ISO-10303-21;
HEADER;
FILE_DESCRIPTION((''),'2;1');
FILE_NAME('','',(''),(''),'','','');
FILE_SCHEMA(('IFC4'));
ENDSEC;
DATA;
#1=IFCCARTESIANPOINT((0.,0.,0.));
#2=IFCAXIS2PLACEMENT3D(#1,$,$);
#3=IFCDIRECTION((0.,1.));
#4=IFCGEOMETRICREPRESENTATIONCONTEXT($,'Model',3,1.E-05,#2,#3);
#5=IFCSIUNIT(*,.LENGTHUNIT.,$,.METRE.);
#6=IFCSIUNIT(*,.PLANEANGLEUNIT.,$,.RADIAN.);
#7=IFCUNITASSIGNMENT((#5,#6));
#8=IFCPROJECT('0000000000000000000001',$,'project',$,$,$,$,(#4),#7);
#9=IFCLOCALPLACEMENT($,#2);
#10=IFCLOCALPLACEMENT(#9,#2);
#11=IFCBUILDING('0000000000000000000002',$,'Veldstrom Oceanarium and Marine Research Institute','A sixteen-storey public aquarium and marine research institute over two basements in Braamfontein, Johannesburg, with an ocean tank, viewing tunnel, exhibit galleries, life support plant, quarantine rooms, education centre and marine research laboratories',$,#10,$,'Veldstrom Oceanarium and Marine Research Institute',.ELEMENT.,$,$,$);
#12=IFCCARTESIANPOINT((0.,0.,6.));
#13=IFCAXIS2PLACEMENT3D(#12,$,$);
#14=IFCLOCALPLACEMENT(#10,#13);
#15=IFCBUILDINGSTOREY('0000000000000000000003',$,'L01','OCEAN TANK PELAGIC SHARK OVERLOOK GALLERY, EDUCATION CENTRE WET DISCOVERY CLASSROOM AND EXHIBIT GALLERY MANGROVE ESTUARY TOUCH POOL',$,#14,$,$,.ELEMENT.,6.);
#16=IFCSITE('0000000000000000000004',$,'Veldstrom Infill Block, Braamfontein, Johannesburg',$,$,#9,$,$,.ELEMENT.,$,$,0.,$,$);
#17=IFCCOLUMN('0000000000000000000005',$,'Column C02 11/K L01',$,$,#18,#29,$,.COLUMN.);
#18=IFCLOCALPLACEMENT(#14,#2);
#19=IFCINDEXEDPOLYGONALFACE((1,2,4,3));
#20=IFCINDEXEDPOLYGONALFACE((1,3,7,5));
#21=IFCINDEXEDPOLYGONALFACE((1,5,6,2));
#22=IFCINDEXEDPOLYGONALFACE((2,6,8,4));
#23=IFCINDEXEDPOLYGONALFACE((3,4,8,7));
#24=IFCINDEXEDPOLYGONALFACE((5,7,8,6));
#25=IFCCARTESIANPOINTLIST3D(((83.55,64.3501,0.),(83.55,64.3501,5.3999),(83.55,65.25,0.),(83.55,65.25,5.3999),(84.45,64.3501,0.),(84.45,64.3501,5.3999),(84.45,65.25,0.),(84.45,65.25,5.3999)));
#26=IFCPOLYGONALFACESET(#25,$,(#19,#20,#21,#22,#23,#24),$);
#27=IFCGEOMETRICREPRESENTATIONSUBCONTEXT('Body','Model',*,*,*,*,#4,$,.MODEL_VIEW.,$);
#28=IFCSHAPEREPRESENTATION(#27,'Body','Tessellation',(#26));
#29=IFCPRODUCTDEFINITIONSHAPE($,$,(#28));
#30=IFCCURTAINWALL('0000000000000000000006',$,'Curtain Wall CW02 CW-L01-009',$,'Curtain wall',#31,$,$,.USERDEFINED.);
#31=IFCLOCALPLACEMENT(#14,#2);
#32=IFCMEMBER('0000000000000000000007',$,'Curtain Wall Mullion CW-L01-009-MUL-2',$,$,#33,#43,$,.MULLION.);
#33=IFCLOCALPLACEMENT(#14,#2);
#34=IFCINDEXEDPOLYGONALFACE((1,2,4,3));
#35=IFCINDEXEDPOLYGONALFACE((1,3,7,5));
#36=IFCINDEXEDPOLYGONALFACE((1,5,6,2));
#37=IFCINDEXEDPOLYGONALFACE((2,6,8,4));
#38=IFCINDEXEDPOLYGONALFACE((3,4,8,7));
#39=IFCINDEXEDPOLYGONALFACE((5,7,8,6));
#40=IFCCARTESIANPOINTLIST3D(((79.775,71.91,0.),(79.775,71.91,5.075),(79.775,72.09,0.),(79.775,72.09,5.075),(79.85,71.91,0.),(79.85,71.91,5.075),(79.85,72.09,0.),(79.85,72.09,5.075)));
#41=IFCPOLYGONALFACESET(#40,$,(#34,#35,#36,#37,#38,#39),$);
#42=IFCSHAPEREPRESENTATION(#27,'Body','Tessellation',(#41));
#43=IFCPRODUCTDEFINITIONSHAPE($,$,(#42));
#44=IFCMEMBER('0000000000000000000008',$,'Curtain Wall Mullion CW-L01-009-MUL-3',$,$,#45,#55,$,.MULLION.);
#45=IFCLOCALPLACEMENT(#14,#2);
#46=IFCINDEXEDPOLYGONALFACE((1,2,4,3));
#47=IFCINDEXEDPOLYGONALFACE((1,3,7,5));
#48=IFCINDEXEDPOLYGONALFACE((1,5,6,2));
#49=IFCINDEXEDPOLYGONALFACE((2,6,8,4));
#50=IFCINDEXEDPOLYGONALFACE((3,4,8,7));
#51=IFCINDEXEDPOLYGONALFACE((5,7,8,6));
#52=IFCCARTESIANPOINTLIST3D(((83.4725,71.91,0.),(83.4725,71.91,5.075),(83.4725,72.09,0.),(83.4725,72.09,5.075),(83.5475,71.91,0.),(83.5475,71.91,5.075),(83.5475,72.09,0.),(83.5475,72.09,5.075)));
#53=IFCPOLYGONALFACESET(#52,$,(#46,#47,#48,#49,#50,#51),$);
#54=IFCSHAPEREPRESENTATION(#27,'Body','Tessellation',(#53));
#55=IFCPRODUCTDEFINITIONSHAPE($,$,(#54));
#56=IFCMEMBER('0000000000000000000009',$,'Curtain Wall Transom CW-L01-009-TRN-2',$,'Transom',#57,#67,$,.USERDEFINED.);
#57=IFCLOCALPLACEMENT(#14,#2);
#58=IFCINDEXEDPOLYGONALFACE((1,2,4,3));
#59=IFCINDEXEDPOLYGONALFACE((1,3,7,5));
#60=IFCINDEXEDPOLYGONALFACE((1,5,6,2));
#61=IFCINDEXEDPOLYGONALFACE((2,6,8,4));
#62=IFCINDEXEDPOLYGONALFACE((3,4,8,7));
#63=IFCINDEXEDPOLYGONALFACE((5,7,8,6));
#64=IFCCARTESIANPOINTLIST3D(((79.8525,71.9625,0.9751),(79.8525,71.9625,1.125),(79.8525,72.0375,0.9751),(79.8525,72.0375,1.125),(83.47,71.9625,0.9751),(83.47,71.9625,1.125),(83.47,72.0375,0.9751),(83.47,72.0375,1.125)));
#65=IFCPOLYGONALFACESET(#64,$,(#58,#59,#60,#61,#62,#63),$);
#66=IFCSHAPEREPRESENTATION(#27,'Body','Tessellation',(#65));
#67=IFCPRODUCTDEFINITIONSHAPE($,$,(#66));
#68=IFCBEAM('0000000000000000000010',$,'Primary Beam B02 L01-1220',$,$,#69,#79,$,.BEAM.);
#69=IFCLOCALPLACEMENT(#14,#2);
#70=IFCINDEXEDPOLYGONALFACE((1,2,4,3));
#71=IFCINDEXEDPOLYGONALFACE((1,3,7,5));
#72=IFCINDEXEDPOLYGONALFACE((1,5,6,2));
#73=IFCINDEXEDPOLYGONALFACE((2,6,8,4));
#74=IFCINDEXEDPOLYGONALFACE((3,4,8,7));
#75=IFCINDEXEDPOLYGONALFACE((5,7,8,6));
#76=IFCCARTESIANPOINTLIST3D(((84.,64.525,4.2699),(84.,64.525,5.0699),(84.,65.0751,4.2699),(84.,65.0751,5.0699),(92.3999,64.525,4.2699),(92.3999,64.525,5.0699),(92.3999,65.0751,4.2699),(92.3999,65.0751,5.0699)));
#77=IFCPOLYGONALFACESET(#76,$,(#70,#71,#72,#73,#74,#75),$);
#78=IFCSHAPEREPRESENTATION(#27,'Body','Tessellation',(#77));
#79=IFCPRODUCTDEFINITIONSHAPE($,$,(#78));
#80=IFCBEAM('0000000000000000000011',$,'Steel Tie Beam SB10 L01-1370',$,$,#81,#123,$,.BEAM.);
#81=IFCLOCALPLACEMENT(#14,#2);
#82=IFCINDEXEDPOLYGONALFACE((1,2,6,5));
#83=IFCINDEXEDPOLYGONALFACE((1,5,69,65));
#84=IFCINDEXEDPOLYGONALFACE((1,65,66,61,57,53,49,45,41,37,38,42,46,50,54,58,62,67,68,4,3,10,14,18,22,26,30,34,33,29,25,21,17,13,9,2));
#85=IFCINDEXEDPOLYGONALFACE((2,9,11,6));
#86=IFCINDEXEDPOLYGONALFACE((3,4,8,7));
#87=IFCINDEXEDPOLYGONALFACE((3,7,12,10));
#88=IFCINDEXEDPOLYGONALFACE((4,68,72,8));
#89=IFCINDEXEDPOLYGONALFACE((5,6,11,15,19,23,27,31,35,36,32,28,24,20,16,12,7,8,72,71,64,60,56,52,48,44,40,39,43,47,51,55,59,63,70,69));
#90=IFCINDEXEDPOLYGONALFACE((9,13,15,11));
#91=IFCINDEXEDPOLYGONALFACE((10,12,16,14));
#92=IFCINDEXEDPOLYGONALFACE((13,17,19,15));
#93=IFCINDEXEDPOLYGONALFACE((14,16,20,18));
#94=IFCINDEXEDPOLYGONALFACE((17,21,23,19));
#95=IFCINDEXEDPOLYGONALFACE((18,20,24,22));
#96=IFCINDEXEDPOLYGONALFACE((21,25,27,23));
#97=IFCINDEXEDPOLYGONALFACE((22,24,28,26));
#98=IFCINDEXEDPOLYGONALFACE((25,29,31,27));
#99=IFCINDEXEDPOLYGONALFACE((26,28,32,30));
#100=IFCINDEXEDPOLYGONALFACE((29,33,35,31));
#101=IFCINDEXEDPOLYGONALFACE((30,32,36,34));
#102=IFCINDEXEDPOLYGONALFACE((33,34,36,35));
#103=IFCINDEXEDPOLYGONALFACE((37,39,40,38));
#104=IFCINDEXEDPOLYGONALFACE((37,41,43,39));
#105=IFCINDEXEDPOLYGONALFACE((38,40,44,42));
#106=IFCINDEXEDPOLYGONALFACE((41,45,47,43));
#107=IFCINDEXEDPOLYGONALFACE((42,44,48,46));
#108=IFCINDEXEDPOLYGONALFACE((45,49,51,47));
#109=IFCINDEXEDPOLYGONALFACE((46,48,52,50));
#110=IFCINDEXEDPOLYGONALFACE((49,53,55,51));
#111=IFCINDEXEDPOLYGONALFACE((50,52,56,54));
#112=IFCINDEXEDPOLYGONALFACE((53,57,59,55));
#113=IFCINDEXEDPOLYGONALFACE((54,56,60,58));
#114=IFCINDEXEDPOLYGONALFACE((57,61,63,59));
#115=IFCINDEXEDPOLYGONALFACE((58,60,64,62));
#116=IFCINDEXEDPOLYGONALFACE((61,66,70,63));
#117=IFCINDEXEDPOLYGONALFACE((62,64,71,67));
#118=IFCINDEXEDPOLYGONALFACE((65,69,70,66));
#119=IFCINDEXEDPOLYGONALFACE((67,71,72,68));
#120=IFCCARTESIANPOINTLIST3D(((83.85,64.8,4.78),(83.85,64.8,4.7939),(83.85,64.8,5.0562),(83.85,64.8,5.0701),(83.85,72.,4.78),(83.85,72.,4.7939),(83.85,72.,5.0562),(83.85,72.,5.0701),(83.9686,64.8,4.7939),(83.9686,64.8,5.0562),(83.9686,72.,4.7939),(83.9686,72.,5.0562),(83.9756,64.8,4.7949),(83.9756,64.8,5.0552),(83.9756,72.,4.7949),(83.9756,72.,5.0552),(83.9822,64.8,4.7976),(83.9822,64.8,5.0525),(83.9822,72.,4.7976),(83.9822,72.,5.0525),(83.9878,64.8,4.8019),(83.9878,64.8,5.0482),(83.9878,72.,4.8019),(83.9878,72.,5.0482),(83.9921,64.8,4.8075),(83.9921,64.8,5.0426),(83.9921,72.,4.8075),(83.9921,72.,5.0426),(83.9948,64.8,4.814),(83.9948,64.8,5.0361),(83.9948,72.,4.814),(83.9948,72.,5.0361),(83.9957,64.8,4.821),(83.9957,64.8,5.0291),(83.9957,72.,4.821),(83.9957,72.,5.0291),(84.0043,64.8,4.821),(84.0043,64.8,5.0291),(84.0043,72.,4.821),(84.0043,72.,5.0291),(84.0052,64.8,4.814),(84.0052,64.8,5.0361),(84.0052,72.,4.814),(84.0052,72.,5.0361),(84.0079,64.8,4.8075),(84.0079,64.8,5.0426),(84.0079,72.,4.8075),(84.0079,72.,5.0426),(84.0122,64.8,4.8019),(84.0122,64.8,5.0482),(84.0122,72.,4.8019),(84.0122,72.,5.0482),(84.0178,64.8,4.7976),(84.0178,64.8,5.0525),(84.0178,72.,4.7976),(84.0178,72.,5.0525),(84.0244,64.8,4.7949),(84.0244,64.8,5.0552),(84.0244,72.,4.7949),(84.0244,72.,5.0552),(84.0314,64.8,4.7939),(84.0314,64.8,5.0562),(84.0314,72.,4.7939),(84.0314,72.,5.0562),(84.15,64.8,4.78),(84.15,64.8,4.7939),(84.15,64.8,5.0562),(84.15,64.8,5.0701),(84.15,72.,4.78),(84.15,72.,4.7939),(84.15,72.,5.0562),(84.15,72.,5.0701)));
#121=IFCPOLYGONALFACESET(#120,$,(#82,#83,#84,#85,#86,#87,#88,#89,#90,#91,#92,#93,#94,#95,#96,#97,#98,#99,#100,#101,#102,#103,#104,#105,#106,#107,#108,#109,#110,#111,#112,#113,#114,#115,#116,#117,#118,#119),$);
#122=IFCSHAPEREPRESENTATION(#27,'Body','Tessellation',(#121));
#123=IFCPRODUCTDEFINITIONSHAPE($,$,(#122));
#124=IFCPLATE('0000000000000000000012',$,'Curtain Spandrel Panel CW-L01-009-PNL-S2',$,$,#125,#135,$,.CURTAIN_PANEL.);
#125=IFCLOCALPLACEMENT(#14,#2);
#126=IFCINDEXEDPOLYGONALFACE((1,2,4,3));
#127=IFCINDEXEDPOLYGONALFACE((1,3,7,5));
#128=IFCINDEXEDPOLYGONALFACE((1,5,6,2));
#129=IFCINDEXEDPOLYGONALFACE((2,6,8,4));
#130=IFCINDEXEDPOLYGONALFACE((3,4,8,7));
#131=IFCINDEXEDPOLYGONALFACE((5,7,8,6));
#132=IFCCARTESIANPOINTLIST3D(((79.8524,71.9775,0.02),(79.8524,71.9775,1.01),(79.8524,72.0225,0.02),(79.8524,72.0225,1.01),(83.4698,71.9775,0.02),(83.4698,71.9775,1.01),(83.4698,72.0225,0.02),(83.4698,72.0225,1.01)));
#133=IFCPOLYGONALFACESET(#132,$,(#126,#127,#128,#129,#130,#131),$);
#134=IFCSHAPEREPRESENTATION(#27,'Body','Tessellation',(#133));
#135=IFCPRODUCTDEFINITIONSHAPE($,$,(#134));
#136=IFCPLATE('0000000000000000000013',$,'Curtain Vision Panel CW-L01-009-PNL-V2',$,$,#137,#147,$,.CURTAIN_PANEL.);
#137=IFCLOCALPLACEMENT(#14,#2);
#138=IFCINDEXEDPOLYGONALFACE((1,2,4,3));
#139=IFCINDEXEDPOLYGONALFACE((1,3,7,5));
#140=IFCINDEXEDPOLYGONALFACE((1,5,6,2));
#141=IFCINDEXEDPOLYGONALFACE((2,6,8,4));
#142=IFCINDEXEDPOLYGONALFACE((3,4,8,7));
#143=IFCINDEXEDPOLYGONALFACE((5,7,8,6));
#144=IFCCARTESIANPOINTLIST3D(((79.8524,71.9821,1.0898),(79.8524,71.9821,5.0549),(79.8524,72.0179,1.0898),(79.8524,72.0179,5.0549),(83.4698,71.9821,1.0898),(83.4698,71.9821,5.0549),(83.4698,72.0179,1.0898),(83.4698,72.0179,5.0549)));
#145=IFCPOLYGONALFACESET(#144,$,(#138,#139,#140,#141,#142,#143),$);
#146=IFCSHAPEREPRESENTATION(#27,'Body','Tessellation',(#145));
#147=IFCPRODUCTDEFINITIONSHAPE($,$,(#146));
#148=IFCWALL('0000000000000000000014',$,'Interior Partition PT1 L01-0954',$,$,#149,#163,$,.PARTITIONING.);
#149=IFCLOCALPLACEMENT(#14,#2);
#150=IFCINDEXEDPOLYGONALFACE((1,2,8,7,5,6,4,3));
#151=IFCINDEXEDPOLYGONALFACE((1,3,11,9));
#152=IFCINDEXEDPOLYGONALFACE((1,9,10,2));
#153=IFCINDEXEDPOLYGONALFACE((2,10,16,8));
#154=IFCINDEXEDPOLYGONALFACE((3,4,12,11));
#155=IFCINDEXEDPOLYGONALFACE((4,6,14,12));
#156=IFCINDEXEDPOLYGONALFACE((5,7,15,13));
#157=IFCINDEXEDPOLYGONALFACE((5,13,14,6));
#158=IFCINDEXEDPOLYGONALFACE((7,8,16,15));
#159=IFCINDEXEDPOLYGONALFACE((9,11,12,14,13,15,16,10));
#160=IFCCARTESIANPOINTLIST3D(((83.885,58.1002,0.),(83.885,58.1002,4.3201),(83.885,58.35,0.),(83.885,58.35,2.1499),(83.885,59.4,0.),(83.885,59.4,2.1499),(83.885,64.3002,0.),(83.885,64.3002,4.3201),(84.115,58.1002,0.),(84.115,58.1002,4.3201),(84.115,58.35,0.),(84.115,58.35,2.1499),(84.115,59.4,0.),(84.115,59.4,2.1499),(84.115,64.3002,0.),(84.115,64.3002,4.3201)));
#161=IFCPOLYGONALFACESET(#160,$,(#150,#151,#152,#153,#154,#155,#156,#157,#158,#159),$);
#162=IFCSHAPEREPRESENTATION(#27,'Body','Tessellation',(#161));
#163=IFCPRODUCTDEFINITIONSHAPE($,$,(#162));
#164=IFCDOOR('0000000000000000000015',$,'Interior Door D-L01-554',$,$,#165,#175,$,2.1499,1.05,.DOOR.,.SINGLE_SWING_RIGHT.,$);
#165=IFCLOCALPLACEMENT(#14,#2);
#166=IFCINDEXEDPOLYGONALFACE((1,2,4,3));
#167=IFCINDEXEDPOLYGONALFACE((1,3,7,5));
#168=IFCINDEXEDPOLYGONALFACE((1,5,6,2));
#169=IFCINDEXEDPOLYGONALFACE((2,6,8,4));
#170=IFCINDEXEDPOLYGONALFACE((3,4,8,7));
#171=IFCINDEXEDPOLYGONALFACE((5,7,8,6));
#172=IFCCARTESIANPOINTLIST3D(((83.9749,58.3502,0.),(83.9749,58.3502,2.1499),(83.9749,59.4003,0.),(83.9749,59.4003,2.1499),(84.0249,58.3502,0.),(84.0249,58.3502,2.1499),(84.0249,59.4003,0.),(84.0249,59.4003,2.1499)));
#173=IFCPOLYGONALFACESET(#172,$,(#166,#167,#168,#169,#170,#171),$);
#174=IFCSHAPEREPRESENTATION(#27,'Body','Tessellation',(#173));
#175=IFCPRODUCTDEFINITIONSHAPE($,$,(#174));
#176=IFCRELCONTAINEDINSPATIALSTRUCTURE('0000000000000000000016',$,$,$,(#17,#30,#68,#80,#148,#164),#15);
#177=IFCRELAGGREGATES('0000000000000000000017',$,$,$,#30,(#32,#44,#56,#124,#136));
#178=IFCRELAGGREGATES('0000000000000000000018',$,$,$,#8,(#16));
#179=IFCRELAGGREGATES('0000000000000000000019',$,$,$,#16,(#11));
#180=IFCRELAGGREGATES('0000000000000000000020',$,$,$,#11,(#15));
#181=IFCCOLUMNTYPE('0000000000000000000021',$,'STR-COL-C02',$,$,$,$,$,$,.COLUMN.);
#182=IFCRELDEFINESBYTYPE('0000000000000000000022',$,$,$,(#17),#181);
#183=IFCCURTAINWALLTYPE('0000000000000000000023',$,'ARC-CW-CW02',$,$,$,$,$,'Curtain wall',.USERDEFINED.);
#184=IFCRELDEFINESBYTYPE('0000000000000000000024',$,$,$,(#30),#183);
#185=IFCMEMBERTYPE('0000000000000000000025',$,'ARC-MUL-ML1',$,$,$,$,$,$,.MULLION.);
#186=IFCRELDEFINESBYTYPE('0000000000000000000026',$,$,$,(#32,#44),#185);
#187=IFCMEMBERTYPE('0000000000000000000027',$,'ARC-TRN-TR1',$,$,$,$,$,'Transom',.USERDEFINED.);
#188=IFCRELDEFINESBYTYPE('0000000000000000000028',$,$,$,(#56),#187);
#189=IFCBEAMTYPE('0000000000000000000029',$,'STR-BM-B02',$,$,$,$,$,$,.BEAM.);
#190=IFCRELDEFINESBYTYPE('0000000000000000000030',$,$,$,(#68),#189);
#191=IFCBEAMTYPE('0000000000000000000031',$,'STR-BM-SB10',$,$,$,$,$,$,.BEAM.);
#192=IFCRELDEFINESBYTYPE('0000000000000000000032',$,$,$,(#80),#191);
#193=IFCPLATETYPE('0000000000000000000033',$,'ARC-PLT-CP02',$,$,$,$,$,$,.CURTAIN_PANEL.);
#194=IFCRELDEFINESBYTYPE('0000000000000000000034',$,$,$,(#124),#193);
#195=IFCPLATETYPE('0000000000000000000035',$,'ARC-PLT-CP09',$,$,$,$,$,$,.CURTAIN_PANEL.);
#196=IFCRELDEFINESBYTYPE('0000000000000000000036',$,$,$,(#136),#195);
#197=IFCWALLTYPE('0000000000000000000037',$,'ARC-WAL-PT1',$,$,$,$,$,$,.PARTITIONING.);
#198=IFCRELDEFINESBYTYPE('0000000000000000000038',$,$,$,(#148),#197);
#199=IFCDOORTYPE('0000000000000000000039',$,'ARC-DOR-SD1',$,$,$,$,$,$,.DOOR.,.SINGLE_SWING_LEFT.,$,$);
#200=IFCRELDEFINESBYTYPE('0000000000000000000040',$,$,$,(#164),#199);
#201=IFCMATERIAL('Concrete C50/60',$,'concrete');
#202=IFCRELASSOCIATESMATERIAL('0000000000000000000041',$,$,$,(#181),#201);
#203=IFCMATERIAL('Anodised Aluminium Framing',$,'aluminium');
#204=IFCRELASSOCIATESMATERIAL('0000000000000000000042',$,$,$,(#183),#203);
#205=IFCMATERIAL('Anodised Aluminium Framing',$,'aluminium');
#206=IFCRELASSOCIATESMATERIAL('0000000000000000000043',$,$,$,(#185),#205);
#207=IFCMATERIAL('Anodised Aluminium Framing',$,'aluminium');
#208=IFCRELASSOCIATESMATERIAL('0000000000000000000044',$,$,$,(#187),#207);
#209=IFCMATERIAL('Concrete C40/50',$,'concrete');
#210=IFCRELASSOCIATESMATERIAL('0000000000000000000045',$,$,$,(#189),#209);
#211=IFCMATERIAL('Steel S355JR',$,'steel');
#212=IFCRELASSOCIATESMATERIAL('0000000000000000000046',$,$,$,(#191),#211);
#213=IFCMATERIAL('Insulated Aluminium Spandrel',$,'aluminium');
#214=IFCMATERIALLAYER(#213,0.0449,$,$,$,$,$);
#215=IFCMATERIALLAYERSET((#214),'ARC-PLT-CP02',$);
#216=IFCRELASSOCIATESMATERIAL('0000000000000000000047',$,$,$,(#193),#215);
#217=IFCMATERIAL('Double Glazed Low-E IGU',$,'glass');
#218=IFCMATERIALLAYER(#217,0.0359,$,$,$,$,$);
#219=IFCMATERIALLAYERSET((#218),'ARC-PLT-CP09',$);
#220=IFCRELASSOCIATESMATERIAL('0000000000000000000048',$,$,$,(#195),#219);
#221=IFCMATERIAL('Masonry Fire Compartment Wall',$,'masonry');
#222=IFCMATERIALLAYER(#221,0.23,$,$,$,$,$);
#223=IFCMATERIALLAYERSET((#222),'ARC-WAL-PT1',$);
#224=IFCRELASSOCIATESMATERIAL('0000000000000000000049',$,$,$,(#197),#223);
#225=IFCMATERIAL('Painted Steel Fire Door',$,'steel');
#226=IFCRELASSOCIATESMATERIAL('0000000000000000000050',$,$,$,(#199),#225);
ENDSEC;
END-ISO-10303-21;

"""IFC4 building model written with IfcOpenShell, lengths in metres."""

from ifc_helpers import new_model, si_unit, direction, frame, frame_2d, origin, origin_2d, place, context, subcontext, project, spatial, rectangle, i_section, extrude, material, layer, layer_set, material_profile, profile_set, type_object, element, fill, aggregate, save


model = new_model("IFC4")

# Units and contexts
model_context = context("Model", 3, precision=1e-05, world=origin(), true_north=direction((0.0, 1.0)))
body_context = subcontext(model_context, "Body", "Model", "MODEL_VIEW")
ifc_project = project(units=[si_unit("LENGTHUNIT", "METRE"), si_unit("PLANEANGLEUNIT", "RADIAN")], contexts=[model_context])

# Site, building, storey
site_placement = place(None, origin())
site = spatial("IfcSite", under=ifc_project, at=site_placement, Name="Veldstrom Infill Block, Braamfontein, Johannesburg", CompositionType="ELEMENT", RefElevation=0.0)
building_placement = place(site_placement, origin())
building = spatial("IfcBuilding", under=site, at=building_placement, Name="Veldstrom Oceanarium and Marine Research Institute", Description="A sixteen-storey public aquarium and marine research institute over two basements in Braamfontein, Johannesburg, with an ocean tank, viewing tunnel, exhibit galleries, life support plant, quarantine rooms, education centre and marine research laboratories", LongName="Veldstrom Oceanarium and Marine Research Institute", CompositionType="ELEMENT")
storey_placement = place(building_placement, frame((0.0, 0.0, 6.0)))
storey = spatial("IfcBuildingStorey", under=building, at=storey_placement, Name="L01", Description="OCEAN TANK PELAGIC SHARK OVERLOOK GALLERY, EDUCATION CENTRE WET DISCOVERY CLASSROOM AND EXHIBIT GALLERY MANGROVE ESTUARY TOUCH POOL", CompositionType="ELEMENT", Elevation=6.0)

# Column
ifc_material_1 = material(Name="Concrete C50/60", Category="concrete")
ifc_material_profile_1 = material_profile(ifc_material_1, rectangle(XDim=0.8999, YDim=0.8999, at=origin_2d()), Name="RC-COL-900x900")
ifc_profile_set_1 = profile_set([ifc_material_profile_1], Name="Concrete C50/60")
column_type = type_object("IfcColumnType", Name="STR-COL-C02", PredefinedType="COLUMN", material=ifc_profile_set_1)
column_placement = place(storey_placement, frame((84.0, 64.8, 0.0), z_axis=(0.0, 0.0, 1.0), x_axis=(1.0, 0.0, 0.0)))
element("IfcColumn", 1, at=column_placement, inside=storey, type_object=column_type, Name="Column C02 11/K L01", PredefinedType="COLUMN", context=body_context, shape_type="SweptSolid", body=[
    extrude(rectangle(XDim=0.8999, YDim=0.8999, at=origin_2d()), origin(), (0.0, 0.0, 1.0), 5.3999),
])

# Curtain wall, members
ifc_material_2 = material(Name="Anodised Aluminium Framing", Category="aluminium")
curtain_wall_type = type_object("IfcCurtainWallType", Name="ARC-CW-CW02", ElementType="Curtain wall", PredefinedType="USERDEFINED", material=ifc_material_2)
curtain_wall_placement = place(storey_placement, origin())
curtain_wall = element("IfcCurtainWall", 2, at=curtain_wall_placement, inside=storey, type_object=curtain_wall_type, Name="Curtain Wall CW02 CW-L01-009", ObjectType="Curtain wall", PredefinedType="USERDEFINED")
ifc_material_3 = material(Name="Anodised Aluminium Framing", Category="aluminium")
ifc_material_profile_2 = material_profile(ifc_material_3, rectangle(XDim=0.075, YDim=0.1799, at=origin_2d()), Name="ALU-MUL-75x180")
ifc_profile_set_2 = profile_set([ifc_material_profile_2], Name="Anodised Aluminium Framing")
member_type_1 = type_object("IfcMemberType", Name="ARC-MUL-ML1", PredefinedType="MULLION", material=ifc_profile_set_2)
member_1_placement = place(storey_placement, frame((79.8125, 72.0, 0.0), z_axis=(0.0, 0.0, 1.0), x_axis=(1.0, 0.0, 0.0)))
member_1 = element("IfcMember", 3, at=member_1_placement, type_object=member_type_1, Name="Curtain Wall Mullion CW-L01-009-MUL-2", PredefinedType="MULLION", context=body_context, shape_type="SweptSolid", body=[
    extrude(rectangle(XDim=0.075, YDim=0.1799, at=origin_2d()), origin(), (0.0, 0.0, 1.0), 5.075),
])
member_2_placement = place(storey_placement, frame((83.51, 72.0, 0.0), z_axis=(0.0, 0.0, 1.0), x_axis=(1.0, 0.0, 0.0)))
member_2 = element("IfcMember", 4, at=member_2_placement, type_object=member_type_1, Name="Curtain Wall Mullion CW-L01-009-MUL-3", PredefinedType="MULLION", context=body_context, shape_type="SweptSolid", body=[
    extrude(rectangle(XDim=0.075, YDim=0.1799, at=origin_2d()), origin(), (0.0, 0.0, 1.0), 5.075),
])
ifc_material_4 = material(Name="Anodised Aluminium Framing", Category="aluminium")
ifc_material_profile_3 = material_profile(ifc_material_4, rectangle(XDim=0.075, YDim=0.1499, at=origin_2d()), Name="ALU-TRN-75x150")
ifc_profile_set_3 = profile_set([ifc_material_profile_3], Name="Anodised Aluminium Framing")
member_type_2 = type_object("IfcMemberType", Name="ARC-TRN-TR1", ElementType="Transom", PredefinedType="USERDEFINED", material=ifc_profile_set_3)
member_3_placement = place(storey_placement, frame((79.8525, 72.0, 1.05), z_axis=(1.0, 0.0, 0.0), x_axis=(0.0, 1.0, 0.0)))
member_3 = element("IfcMember", 5, at=member_3_placement, type_object=member_type_2, Name="Curtain Wall Transom CW-L01-009-TRN-2", ObjectType="Transom", PredefinedType="USERDEFINED", context=body_context, shape_type="SweptSolid", body=[
    extrude(rectangle(XDim=0.075, YDim=0.1499, at=origin_2d()), origin(), (0.0, 0.0, 1.0), 3.6174),
])

# Beams
ifc_material_5 = material(Name="Concrete C40/50", Category="concrete")
ifc_material_profile_4 = material_profile(ifc_material_5, rectangle(XDim=0.55, YDim=0.8, at=origin_2d()), Name="RC-BM-550x800")
ifc_profile_set_4 = profile_set([ifc_material_profile_4], Name="Concrete C40/50")
beam_type_1 = type_object("IfcBeamType", Name="STR-BM-B02", PredefinedType="BEAM", material=ifc_profile_set_4)
beam_1_placement = place(storey_placement, frame((84.0, 64.8, 4.6699), z_axis=(1.0, 0.0, 0.0), x_axis=(0.0, 1.0, 0.0)))
element("IfcBeam", 6, at=beam_1_placement, inside=storey, type_object=beam_type_1, Name="Primary Beam B02 L01-1220", PredefinedType="BEAM", context=body_context, shape_type="SweptSolid", body=[
    extrude(rectangle(XDim=0.55, YDim=0.8, at=origin_2d()), origin(), (0.0, 0.0, 1.0), 8.3999),
])
ifc_material_6 = material(Name="Steel S355JR", Category="steel")
ifc_material_profile_5 = material_profile(ifc_material_6, i_section(OverallWidth=0.3, OverallDepth=0.29, WebThickness=0.0085, FlangeThickness=0.0139, FilletRadius=0.0271, at=origin_2d()), Name="HEA 300")
ifc_profile_set_5 = profile_set([ifc_material_profile_5], Name="Steel S355JR")
beam_type_2 = type_object("IfcBeamType", Name="STR-BM-SB10", PredefinedType="BEAM", material=ifc_profile_set_5)
beam_2_placement = place(storey_placement, frame((84.0, 64.8, 4.925), z_axis=(0.0, 1.0, 0.0), x_axis=(-1.0, 0.0, 0.0)))
element("IfcBeam", 7, at=beam_2_placement, inside=storey, type_object=beam_type_2, Name="Steel Tie Beam SB10 L01-1370", PredefinedType="BEAM", context=body_context, shape_type="SweptSolid", body=[
    extrude(i_section(OverallWidth=0.3, OverallDepth=0.29, WebThickness=0.0085, FlangeThickness=0.0139, FilletRadius=0.0271, at=origin_2d()), origin(), (0.0, 0.0, 1.0), 7.2),
])

# Plates
ifc_material_7 = material(Name="Insulated Aluminium Spandrel", Category="aluminium")
ifc_layer_1 = layer(ifc_material_7, 0.0449)
ifc_layer_set_1 = layer_set([ifc_layer_1], Name="ARC-PLT-CP02")
plate_type_1 = type_object("IfcPlateType", Name="ARC-PLT-CP02", PredefinedType="CURTAIN_PANEL", material=ifc_layer_set_1)
plate_1_placement = place(storey_placement, frame((81.6611, 72.0, 0.02), z_axis=(0.0, 0.0, 1.0), x_axis=(1.0, 0.0, 0.0)))
plate_1 = element("IfcPlate", 8, at=plate_1_placement, type_object=plate_type_1, Name="Curtain Spandrel Panel CW-L01-009-PNL-S2", PredefinedType="CURTAIN_PANEL", context=body_context, shape_type="SweptSolid", body=[
    extrude(rectangle(XDim=3.6174, YDim=0.0449, at=origin_2d()), origin(), (0.0, 0.0, 1.0), 0.99),
])
ifc_material_8 = material(Name="Double Glazed Low-E IGU", Category="glass")
ifc_layer_2 = layer(ifc_material_8, 0.0359)
ifc_layer_set_2 = layer_set([ifc_layer_2], Name="ARC-PLT-CP09")
plate_type_2 = type_object("IfcPlateType", Name="ARC-PLT-CP09", PredefinedType="CURTAIN_PANEL", material=ifc_layer_set_2)
plate_2_placement = place(storey_placement, frame((81.6611, 72.0, 1.0898), z_axis=(0.0, 0.0, 1.0), x_axis=(1.0, 0.0, 0.0)))
plate_2 = element("IfcPlate", 9, at=plate_2_placement, type_object=plate_type_2, Name="Curtain Vision Panel CW-L01-009-PNL-V2", PredefinedType="CURTAIN_PANEL", context=body_context, shape_type="SweptSolid", body=[
    extrude(rectangle(XDim=3.6174, YDim=0.0359, at=origin_2d()), origin(), (0.0, 0.0, 1.0), 3.9651),
])
aggregate(curtain_wall, [member_1, member_2, member_3, plate_1, plate_2])

# Wall, opening, door
ifc_material_9 = material(Name="Masonry Fire Compartment Wall", Category="masonry")
ifc_layer_3 = layer(ifc_material_9, 0.23)
ifc_layer_set_3 = layer_set([ifc_layer_3], Name="ARC-WAL-PT1")
wall_type_1 = type_object("IfcWallType", Name="ARC-WAL-PT1", PredefinedType="PARTITIONING", material=ifc_layer_set_3)
wall_1_placement = place(storey_placement, frame((84.0, 58.1001, 0.0), z_axis=(0.0, 0.0, 1.0), x_axis=(0.0, 1.0, 0.0)))
wall_1 = element("IfcWall", 10, at=wall_1_placement, inside=storey, type_object=wall_type_1, Name="Interior Partition PT1 L01-0954", PredefinedType="PARTITIONING", context=body_context, shape_type="SweptSolid", body=[
    extrude(rectangle(XDim=6.2, YDim=0.23, at=frame_2d((3.1001, 0.0))), origin(), (0.0, 0.0, 1.0), 4.3201),
])
opening_1_placement = place(wall_1_placement, frame((0.25, 0.0, 0.0)))
opening_1 = element("IfcOpeningElement", 11, at=opening_1_placement, cuts=wall_1, PredefinedType="OPENING", context=body_context, shape_type="SweptSolid", body=[
    extrude(rectangle(XDim=1.05, YDim=2.1499, at=frame_2d((0.5249, 1.075))), frame((0.0, 0.125, 0.0), z_axis=(0.0, -1.0, 0.0), x_axis=(1.0, 0.0, 0.0)), (0.0, 0.0, 1.0), 0.25),
])
ifc_material_10 = material(Name="Painted Steel Fire Door", Category="steel")
door_type_1 = type_object("IfcDoorType", Name="ARC-DOR-SD1", OperationType="SINGLE_SWING_LEFT", PredefinedType="DOOR", material=ifc_material_10)
door_1_placement = place(opening_1_placement, frame((1.05, 0.0, 0.0), z_axis=(0.0, 0.0, 1.0), x_axis=(-1.0, 0.0, 0.0)))
door_1 = element("IfcDoor", 12, at=door_1_placement, inside=storey, type_object=door_type_1, Name="Interior Door D-L01-554", OperationType="SINGLE_SWING_RIGHT", OverallHeight=2.1499, OverallWidth=1.05, PredefinedType="DOOR", context=body_context, shape_type="SweptSolid", body=[
    extrude(rectangle(XDim=1.05, YDim=2.1499, at=frame_2d((0.5249, 1.075))), frame((0.0, 0.0249, 0.0), z_axis=(0.0, -1.0, 0.0), x_axis=(1.0, 0.0, 0.0)), (0.0, 0.0, 1.0), 0.05),
])
fill(opening_1, door_1)

save(model, "model.ifc")
